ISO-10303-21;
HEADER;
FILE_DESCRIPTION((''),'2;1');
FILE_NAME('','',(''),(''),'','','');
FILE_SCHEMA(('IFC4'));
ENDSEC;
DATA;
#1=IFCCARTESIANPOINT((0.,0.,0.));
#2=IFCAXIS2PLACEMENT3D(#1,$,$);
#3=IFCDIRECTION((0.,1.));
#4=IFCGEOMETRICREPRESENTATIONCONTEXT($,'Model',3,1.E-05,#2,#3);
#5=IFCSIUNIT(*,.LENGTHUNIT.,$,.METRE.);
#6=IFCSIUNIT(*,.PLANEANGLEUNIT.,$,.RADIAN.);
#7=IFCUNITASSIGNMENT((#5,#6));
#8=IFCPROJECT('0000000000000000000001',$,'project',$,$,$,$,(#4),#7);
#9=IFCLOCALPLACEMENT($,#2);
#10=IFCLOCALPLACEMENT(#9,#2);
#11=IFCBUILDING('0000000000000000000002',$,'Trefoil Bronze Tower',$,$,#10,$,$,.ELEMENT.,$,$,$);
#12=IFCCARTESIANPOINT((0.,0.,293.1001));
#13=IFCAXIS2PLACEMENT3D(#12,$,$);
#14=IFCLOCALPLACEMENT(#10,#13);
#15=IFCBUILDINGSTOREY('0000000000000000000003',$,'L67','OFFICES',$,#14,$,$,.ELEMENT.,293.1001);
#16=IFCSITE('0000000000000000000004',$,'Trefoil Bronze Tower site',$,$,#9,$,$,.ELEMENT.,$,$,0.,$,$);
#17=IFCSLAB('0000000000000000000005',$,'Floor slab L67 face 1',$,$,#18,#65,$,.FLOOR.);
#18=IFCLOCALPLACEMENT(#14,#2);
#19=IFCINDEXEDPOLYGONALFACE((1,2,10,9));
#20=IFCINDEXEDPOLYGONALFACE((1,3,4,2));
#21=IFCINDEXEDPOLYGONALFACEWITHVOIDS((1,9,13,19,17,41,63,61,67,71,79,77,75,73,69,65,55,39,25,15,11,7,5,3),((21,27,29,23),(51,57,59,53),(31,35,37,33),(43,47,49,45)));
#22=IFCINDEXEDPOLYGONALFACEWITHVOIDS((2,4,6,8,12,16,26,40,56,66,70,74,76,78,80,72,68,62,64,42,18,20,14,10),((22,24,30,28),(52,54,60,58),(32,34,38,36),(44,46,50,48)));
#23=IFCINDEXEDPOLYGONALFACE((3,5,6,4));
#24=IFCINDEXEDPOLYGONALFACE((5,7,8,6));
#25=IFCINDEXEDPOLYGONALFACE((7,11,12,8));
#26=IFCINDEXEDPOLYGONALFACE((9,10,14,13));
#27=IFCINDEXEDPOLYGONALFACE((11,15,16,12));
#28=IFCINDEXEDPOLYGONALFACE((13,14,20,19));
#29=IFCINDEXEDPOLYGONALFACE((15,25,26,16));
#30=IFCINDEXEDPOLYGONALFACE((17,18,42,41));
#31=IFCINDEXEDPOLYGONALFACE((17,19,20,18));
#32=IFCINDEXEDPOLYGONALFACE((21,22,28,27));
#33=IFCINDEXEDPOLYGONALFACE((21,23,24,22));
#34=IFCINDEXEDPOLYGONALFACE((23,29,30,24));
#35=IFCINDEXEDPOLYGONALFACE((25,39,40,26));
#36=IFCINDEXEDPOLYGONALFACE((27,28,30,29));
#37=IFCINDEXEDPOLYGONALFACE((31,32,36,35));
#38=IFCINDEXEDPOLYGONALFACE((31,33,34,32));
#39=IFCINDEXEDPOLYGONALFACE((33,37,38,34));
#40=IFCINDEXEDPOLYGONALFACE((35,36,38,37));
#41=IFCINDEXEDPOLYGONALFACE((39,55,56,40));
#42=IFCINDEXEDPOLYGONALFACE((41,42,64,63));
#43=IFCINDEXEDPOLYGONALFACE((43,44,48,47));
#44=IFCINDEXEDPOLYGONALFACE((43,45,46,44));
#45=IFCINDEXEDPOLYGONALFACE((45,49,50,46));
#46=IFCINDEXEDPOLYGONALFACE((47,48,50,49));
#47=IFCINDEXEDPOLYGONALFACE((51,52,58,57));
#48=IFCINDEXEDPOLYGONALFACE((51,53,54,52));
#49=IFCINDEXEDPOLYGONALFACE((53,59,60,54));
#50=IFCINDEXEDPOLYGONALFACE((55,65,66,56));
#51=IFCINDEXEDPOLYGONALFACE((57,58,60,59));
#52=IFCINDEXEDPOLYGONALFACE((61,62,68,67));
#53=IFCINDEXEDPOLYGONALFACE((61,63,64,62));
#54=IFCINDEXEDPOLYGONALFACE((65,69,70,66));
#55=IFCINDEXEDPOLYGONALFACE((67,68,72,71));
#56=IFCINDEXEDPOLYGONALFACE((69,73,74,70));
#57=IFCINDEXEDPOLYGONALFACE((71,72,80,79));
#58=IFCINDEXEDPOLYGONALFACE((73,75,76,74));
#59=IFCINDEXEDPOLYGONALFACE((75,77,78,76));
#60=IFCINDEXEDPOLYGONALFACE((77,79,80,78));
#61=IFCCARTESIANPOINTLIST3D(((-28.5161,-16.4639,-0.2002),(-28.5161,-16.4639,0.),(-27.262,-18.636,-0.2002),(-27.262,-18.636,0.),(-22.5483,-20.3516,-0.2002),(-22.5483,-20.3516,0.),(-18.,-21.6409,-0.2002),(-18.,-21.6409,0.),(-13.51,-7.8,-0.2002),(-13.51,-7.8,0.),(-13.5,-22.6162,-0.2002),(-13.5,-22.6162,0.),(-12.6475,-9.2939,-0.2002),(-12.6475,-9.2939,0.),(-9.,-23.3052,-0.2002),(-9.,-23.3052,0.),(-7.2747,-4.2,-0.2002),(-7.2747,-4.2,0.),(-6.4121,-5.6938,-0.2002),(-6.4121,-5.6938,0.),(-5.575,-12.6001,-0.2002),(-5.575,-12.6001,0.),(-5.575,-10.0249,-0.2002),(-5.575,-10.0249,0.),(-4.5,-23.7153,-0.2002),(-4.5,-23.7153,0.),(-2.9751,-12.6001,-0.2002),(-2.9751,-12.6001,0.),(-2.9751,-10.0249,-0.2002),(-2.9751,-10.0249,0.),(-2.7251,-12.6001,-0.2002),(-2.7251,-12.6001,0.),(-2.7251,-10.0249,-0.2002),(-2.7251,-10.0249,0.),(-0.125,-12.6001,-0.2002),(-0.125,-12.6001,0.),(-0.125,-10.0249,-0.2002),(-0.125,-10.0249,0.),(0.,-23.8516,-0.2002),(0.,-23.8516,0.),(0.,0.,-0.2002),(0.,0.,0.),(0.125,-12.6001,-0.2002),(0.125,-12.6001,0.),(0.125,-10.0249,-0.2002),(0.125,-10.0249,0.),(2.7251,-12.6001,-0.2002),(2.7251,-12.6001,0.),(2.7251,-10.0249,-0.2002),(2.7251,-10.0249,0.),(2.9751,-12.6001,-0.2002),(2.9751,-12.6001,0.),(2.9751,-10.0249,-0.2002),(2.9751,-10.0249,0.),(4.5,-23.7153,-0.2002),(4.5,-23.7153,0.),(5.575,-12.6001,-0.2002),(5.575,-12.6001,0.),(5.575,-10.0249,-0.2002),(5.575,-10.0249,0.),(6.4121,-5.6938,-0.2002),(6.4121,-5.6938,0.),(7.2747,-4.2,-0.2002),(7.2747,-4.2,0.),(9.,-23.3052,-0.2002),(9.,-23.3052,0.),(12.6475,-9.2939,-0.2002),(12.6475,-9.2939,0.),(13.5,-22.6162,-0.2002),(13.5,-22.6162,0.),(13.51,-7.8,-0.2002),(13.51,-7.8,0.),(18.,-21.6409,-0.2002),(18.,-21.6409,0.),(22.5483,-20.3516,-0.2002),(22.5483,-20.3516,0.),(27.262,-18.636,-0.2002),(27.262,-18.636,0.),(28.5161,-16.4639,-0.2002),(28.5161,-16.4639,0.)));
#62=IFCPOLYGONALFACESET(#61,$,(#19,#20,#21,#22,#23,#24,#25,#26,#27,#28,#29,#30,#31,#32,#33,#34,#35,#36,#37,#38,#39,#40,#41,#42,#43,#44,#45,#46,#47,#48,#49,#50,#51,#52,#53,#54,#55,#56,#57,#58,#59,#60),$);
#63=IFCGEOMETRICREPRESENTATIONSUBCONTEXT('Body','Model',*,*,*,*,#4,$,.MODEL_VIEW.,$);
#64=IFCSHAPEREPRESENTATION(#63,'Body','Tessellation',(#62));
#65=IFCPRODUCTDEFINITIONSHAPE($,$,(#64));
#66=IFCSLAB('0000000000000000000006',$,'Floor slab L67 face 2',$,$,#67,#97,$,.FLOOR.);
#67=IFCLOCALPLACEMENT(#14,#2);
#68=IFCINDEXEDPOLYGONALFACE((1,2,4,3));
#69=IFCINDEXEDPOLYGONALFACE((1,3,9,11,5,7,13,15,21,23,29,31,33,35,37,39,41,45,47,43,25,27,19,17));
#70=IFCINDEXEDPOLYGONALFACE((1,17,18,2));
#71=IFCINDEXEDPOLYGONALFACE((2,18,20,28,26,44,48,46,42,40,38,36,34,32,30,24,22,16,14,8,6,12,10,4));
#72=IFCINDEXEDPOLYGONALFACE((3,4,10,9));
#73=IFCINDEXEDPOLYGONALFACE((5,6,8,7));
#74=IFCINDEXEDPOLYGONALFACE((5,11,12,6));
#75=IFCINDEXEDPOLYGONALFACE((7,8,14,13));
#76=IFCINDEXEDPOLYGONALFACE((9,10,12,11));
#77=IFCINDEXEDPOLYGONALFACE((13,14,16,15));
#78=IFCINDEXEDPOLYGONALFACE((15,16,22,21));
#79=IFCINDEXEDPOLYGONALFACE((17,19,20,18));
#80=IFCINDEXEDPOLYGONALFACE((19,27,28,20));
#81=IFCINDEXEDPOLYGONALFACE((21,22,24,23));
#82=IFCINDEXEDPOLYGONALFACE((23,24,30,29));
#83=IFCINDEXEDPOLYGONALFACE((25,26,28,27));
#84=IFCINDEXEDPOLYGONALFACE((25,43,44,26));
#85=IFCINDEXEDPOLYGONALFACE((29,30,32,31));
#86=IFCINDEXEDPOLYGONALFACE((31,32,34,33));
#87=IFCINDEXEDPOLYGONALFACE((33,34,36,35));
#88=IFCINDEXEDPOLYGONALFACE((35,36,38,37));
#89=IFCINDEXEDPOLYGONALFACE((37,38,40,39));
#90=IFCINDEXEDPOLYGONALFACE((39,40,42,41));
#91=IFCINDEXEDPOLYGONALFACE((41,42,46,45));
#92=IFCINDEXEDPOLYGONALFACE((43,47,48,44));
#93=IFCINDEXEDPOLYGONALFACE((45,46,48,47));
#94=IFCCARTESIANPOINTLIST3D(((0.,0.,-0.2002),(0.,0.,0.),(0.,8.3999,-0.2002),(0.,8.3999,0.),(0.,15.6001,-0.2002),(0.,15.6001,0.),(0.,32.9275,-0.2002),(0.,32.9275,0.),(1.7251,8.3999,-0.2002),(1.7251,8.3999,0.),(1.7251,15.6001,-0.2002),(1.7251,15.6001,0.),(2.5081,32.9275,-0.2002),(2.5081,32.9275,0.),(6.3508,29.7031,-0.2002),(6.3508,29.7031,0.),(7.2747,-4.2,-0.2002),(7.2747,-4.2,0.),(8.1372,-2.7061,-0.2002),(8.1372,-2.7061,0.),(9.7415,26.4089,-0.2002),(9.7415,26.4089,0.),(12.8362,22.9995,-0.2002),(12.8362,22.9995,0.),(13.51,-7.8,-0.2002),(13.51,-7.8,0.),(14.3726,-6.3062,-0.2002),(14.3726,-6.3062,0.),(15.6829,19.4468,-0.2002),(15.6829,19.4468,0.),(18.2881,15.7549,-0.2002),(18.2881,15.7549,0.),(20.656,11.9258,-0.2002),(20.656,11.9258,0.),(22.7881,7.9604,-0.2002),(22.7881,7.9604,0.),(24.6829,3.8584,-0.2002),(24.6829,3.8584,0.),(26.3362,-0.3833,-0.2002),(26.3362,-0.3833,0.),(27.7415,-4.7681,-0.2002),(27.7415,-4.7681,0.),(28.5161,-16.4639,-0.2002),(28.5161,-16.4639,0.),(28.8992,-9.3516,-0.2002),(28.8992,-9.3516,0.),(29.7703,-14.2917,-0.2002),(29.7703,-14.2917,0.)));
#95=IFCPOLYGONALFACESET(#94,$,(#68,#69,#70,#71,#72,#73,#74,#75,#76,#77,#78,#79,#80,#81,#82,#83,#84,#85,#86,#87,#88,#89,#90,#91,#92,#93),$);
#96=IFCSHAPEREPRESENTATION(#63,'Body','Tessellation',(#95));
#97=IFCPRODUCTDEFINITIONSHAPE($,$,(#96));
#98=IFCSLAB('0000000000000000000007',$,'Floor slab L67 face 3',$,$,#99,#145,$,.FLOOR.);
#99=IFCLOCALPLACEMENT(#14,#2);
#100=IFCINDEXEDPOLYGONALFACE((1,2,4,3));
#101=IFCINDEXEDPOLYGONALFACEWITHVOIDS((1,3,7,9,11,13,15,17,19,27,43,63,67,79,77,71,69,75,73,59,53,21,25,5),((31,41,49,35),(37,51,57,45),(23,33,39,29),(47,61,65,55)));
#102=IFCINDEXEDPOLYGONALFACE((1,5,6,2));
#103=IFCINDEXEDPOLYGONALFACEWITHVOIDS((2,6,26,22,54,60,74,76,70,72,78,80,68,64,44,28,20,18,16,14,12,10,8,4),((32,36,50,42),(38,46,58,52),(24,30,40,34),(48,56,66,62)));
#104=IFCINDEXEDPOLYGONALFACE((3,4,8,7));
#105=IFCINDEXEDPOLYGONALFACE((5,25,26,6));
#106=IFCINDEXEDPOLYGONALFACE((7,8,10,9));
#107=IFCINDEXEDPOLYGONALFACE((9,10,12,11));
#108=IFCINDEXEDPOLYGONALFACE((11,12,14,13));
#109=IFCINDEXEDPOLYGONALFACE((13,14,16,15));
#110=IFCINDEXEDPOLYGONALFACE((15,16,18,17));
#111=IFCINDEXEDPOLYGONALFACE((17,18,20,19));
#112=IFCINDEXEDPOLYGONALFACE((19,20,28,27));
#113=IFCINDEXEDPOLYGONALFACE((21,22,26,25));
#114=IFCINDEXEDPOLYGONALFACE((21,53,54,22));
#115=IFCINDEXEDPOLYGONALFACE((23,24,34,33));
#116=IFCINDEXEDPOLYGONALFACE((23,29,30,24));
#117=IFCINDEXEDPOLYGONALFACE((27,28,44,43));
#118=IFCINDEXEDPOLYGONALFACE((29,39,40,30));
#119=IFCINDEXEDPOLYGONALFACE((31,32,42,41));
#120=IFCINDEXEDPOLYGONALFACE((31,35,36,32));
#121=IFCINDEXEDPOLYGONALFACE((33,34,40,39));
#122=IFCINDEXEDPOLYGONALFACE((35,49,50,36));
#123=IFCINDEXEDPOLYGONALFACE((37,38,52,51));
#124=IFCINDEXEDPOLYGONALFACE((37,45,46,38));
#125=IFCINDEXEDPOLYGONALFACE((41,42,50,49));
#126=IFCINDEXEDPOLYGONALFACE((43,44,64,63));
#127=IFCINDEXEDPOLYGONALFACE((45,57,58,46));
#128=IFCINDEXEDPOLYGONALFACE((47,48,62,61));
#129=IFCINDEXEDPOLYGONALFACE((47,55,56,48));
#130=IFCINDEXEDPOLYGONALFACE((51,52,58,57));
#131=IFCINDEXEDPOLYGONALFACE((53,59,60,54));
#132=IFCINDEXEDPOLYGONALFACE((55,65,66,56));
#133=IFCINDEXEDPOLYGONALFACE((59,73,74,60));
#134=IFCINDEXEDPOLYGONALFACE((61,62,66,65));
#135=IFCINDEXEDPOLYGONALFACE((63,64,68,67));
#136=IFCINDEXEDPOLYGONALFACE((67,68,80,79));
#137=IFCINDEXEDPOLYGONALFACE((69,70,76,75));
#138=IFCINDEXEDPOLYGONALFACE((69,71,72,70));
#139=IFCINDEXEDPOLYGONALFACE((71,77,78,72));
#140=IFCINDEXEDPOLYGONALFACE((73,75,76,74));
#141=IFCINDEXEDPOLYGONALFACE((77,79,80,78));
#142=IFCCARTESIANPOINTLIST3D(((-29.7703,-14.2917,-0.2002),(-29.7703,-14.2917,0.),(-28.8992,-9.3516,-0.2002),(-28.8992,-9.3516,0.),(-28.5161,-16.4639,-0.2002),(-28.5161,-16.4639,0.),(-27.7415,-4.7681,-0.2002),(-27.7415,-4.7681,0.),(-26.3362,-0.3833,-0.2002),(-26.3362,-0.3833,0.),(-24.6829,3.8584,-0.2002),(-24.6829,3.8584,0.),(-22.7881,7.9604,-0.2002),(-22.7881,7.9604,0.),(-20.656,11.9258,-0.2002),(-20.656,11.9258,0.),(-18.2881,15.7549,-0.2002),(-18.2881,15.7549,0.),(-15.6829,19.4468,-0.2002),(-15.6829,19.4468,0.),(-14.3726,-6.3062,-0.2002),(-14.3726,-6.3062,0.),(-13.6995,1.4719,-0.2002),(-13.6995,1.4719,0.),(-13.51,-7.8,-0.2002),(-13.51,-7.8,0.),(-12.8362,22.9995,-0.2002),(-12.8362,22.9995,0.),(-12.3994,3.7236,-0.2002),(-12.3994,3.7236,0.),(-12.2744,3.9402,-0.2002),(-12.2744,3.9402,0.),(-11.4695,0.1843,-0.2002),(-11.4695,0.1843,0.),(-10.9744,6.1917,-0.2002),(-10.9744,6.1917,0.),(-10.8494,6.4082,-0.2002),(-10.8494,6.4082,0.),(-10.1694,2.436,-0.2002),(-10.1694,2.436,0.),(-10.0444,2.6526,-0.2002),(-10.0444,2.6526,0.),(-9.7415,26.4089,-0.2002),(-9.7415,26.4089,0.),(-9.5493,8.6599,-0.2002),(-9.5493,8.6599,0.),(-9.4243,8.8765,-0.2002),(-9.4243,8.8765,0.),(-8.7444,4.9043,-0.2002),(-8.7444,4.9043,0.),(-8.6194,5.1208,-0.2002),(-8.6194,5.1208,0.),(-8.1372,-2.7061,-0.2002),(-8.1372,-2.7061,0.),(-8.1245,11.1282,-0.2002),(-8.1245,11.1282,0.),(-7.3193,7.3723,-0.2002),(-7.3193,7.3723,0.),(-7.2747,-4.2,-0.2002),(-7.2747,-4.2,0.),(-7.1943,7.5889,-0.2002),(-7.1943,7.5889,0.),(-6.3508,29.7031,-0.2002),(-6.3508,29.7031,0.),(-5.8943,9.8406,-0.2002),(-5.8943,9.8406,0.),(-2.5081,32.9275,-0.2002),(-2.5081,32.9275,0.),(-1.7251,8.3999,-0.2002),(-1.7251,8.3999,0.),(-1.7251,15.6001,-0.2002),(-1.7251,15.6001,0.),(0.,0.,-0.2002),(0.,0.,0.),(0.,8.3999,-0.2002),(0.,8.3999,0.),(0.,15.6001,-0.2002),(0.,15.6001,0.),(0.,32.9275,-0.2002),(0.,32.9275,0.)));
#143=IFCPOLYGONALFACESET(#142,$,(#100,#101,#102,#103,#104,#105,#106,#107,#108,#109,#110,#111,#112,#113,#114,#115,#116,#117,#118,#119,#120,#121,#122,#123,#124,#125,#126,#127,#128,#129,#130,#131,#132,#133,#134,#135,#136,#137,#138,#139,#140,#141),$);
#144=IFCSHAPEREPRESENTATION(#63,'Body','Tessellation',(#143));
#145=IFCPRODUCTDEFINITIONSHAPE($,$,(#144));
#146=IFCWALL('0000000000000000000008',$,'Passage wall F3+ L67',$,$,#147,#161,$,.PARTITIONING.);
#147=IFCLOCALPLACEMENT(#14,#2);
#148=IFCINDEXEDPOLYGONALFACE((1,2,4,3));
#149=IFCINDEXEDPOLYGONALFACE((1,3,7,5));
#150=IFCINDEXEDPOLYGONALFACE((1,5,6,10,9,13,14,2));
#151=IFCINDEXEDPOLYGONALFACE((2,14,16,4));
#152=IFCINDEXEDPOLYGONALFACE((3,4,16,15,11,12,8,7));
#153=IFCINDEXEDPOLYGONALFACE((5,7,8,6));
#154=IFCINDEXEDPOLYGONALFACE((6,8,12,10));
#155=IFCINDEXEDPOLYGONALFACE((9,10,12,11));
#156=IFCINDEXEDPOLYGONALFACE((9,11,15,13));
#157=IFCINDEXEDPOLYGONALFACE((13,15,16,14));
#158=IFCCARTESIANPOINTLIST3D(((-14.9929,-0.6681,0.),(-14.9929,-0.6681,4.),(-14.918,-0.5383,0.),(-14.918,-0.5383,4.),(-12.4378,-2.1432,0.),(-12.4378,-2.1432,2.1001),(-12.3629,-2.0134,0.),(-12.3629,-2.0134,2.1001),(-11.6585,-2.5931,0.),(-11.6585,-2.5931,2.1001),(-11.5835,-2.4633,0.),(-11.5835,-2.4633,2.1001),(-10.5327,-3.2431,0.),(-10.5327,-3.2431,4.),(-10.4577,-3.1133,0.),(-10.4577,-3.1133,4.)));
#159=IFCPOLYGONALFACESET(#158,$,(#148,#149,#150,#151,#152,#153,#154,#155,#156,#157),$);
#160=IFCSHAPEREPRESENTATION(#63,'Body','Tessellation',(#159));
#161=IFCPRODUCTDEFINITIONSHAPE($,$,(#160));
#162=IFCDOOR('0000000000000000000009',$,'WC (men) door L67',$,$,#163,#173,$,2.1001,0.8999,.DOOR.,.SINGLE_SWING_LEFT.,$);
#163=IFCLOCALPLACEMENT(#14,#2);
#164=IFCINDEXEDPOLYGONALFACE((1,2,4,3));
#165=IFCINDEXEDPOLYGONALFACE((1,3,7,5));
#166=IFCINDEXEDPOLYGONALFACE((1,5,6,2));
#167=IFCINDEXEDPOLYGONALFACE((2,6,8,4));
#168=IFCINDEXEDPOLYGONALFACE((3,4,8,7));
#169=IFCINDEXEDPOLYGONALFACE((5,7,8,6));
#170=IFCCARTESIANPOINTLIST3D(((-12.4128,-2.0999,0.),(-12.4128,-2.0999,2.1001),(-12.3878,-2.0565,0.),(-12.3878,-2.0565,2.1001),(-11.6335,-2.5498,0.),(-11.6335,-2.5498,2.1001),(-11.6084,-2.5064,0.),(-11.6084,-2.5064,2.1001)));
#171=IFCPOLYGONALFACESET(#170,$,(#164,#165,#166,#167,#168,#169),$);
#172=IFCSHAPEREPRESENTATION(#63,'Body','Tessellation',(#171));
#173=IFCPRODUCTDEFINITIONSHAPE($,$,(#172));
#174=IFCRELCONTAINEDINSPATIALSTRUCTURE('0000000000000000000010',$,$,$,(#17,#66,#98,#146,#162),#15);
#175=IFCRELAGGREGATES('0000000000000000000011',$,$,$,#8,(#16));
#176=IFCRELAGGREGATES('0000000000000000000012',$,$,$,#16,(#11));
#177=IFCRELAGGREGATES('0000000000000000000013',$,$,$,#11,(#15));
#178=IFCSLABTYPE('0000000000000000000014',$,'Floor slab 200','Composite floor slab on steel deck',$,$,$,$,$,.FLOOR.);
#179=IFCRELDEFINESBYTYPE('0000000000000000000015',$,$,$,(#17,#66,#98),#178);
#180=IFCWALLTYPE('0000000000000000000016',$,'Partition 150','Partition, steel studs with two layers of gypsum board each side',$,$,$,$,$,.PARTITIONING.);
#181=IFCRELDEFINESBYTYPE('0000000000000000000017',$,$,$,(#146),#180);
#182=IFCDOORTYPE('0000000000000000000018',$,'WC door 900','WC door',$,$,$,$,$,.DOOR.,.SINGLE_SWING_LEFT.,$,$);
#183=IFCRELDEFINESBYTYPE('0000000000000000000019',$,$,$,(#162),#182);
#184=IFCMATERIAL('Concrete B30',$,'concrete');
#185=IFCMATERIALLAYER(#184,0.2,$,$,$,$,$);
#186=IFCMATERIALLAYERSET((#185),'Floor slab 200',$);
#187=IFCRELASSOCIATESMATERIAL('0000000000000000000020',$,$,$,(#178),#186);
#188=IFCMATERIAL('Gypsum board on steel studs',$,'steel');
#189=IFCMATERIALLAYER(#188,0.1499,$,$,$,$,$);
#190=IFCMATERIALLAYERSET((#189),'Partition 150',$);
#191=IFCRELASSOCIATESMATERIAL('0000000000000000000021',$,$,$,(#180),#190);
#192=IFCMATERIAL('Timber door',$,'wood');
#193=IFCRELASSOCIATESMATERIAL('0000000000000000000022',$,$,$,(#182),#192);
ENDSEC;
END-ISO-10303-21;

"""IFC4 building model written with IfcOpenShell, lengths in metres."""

from ifc_helpers import new_model, si_unit, direction, frame, frame_2d, origin, place, context, subcontext, project, spatial, polyline, rectangle, outline, extrude, material, layer, layer_set, type_object, element, fill, save


model = new_model("IFC4")

# Units and contexts
model_context = context("Model", 3, precision=1e-05, world=origin(), true_north=direction((0.0, 1.0)))
body_context = subcontext(model_context, "Body", "Model", "MODEL_VIEW")
ifc_project = project(units=[si_unit("LENGTHUNIT", "METRE"), si_unit("PLANEANGLEUNIT", "RADIAN")], contexts=[model_context])

# Site, building, storey
site_placement = place(None, origin())
site = spatial("IfcSite", under=ifc_project, at=site_placement, Name="Trefoil Bronze Tower site", CompositionType="ELEMENT", RefElevation=0.0)
building_placement = place(site_placement, origin())
building = spatial("IfcBuilding", under=site, at=building_placement, Name="Trefoil Bronze Tower", CompositionType="ELEMENT")
storey_placement = place(building_placement, frame((0.0, 0.0, 293.1001)))
storey = spatial("IfcBuildingStorey", under=building, at=storey_placement, Name="L67", Description="OFFICES", CompositionType="ELEMENT", Elevation=293.1001)

# Slabs
ifc_material_1 = material(Name="Concrete B30", Category="concrete")
ifc_layer_1 = layer(ifc_material_1, 0.2)
ifc_layer_set_1 = layer_set([ifc_layer_1], Name="Floor slab 200")
slab_type = type_object("IfcSlabType", Name="Floor slab 200", Description="Composite floor slab on steel deck", PredefinedType="FLOOR", material=ifc_layer_set_1)
slab_1_placement = place(storey_placement, frame((0.0, 0.0, -0.2002)))
element("IfcSlab", 1, at=slab_1_placement, inside=storey, type_object=slab_type, Name="Floor slab L67 face 1", PredefinedType="FLOOR", context=body_context, shape_type="SweptSolid", body=[
    extrude(outline(polyline([(13.5, -22.6162), (9.0, -23.3052), (4.5, -23.7153), (0.0, -23.8516), (-4.5, -23.7153), (-9.0, -23.3052), (-13.5, -22.6162), (-18.0, -21.6409), (-22.5483, -20.3516), (-27.262, -18.636), (-28.5161, -16.4639), (-13.51, -7.8), (-12.6475, -9.2939), (-6.4121, -5.6938), (-7.2747, -4.2), (0.0, 0.0), (7.2747, -4.2), (6.4121, -5.6938), (12.6475, -9.2939), (13.51, -7.8), (28.5161, -16.4639), (27.262, -18.636), (22.5483, -20.3516), (18.0, -21.6409), (13.5, -22.6162)]), holes=[polyline([(-5.575, -10.0249), (-2.9751, -10.0249), (-2.9751, -12.6001), (-5.575, -12.6001), (-5.575, -10.0249)]), polyline([(-2.7251, -10.0249), (-0.125, -10.0249), (-0.125, -12.6001), (-2.7251, -12.6001), (-2.7251, -10.0249)]), polyline([(0.125, -10.0249), (2.7251, -10.0249), (2.7251, -12.6001), (0.125, -12.6001), (0.125, -10.0249)]), polyline([(2.9751, -10.0249), (5.575, -10.0249), (5.575, -12.6001), (2.9751, -12.6001), (2.9751, -10.0249)])]), origin(), (0.0, 0.0, 1.0), 0.2002),
])
slab_2_placement = place(storey_placement, frame((0.0, 0.0, -0.2002)))
element("IfcSlab", 2, at=slab_2_placement, inside=storey, type_object=slab_type, Name="Floor slab L67 face 2", PredefinedType="FLOOR", context=body_context, shape_type="SweptSolid", body=[
    extrude(outline(polyline([(12.8362, 22.9995), (15.6829, 19.4468), (18.2881, 15.7549), (20.656, 11.9258), (22.7881, 7.9604), (24.6829, 3.8584), (26.3362, -0.3833), (27.7415, -4.7681), (28.8992, -9.3516), (29.7703, -14.2917), (28.5161, -16.4639), (13.51, -7.8), (14.3726, -6.3062), (8.1372, -2.7061), (7.2747, -4.2), (0.0, 0.0), (0.0, 8.3999), (1.7251, 8.3999), (1.7251, 15.6001), (0.0, 15.6001), (0.0, 32.9275), (2.5081, 32.9275), (6.3508, 29.7031), (9.7415, 26.4089), (12.8362, 22.9995)])), origin(), (0.0, 0.0, 1.0), 0.2002),
])
slab_3_placement = place(storey_placement, frame((0.0, 0.0, -0.2002)))
element("IfcSlab", 3, at=slab_3_placement, inside=storey, type_object=slab_type, Name="Floor slab L67 face 3", PredefinedType="FLOOR", context=body_context, shape_type="SweptSolid", body=[
    extrude(outline(polyline([(-26.3362, -0.3833), (-24.6829, 3.8584), (-22.7881, 7.9604), (-20.656, 11.9258), (-18.2881, 15.7549), (-15.6829, 19.4468), (-12.8362, 22.9995), (-9.7415, 26.4089), (-6.3508, 29.7031), (-2.5081, 32.9275), (0.0, 32.9275), (0.0, 15.6001), (-1.7251, 15.6001), (-1.7251, 8.3999), (0.0, 8.3999), (0.0, 0.0), (-7.2747, -4.2), (-8.1372, -2.7061), (-14.3726, -6.3062), (-13.51, -7.8), (-28.5161, -16.4639), (-29.7703, -14.2917), (-28.8992, -9.3516), (-27.7415, -4.7681), (-26.3362, -0.3833)]), holes=[polyline([(-5.8943, 9.8406), (-7.1943, 7.5889), (-9.4243, 8.8765), (-8.1245, 11.1282), (-5.8943, 9.8406)]), polyline([(-7.3193, 7.3723), (-8.6194, 5.1208), (-10.8494, 6.4082), (-9.5493, 8.6599), (-7.3193, 7.3723)]), polyline([(-8.7444, 4.9043), (-10.0444, 2.6526), (-12.2744, 3.9402), (-10.9744, 6.1917), (-8.7444, 4.9043)]), polyline([(-10.1694, 2.436), (-11.4695, 0.1843), (-13.6995, 1.4719), (-12.3994, 3.7236), (-10.1694, 2.436)])]), origin(), (0.0, 0.0, 1.0), 0.2002),
])

# Wall, opening, door
ifc_material_2 = material(Name="Gypsum board on steel studs", Category="steel")
ifc_layer_2 = layer(ifc_material_2, 0.1499)
ifc_layer_set_2 = layer_set([ifc_layer_2], Name="Partition 150")
wall_type_1 = type_object("IfcWallType", Name="Partition 150", Description="Partition, steel studs with two layers of gypsum board each side", PredefinedType="PARTITIONING", material=ifc_layer_set_2)
wall_1_placement = place(storey_placement, frame((-10.4951, -3.1782, 0.0), z_axis=(0.0, 0.0, 1.0), x_axis=(-0.866038, 0.499978, 0.0)))
wall_1 = element("IfcWall", 4, at=wall_1_placement, inside=storey, type_object=wall_type_1, Name="Passage wall F3+ L67", PredefinedType="PARTITIONING", context=body_context, shape_type="SweptSolid", body=[
    extrude(rectangle(XDim=5.1501, YDim=0.1499, at=frame_2d((2.5752, 0.0))), origin(), (0.0, 0.0, 1.0), 4.0),
])
opening_1_placement = place(wall_1_placement, frame((1.3, 0.0, 0.0)))
opening_1 = element("IfcOpeningElement", 5, at=opening_1_placement, cuts=wall_1, PredefinedType="OPENING", context=body_context, shape_type="SweptSolid", body=[
    extrude(rectangle(XDim=0.8999, YDim=2.1001, at=frame_2d((0.45, 1.05))), frame((0.0, 0.085, 0.0), z_axis=(0.0, -1.0, 0.0), x_axis=(1.0, 0.0, 0.0)), (0.0, 0.0, 1.0), 0.1699),
])
ifc_material_3 = material(Name="Timber door", Category="wood")
door_type_1 = type_object("IfcDoorType", Name="WC door 900", Description="WC door", OperationType="SINGLE_SWING_LEFT", PredefinedType="DOOR", material=ifc_material_3)
door_1_placement = place(opening_1_placement, origin())
door_1 = element("IfcDoor", 6, at=door_1_placement, inside=storey, type_object=door_type_1, Name="WC (men) door L67", OperationType="SINGLE_SWING_LEFT", OverallHeight=2.1001, OverallWidth=0.8999, PredefinedType="DOOR", context=body_context, shape_type="SweptSolid", body=[
    extrude(rectangle(XDim=0.8999, YDim=2.1001, at=frame_2d((0.45, 1.05))), frame((0.0, 0.0249, 0.0), z_axis=(0.0, -1.0, 0.0), x_axis=(1.0, 0.0, 0.0)), (0.0, 0.0, 1.0), 0.05),
])
fill(opening_1, door_1)

save(model, "model.ifc")
